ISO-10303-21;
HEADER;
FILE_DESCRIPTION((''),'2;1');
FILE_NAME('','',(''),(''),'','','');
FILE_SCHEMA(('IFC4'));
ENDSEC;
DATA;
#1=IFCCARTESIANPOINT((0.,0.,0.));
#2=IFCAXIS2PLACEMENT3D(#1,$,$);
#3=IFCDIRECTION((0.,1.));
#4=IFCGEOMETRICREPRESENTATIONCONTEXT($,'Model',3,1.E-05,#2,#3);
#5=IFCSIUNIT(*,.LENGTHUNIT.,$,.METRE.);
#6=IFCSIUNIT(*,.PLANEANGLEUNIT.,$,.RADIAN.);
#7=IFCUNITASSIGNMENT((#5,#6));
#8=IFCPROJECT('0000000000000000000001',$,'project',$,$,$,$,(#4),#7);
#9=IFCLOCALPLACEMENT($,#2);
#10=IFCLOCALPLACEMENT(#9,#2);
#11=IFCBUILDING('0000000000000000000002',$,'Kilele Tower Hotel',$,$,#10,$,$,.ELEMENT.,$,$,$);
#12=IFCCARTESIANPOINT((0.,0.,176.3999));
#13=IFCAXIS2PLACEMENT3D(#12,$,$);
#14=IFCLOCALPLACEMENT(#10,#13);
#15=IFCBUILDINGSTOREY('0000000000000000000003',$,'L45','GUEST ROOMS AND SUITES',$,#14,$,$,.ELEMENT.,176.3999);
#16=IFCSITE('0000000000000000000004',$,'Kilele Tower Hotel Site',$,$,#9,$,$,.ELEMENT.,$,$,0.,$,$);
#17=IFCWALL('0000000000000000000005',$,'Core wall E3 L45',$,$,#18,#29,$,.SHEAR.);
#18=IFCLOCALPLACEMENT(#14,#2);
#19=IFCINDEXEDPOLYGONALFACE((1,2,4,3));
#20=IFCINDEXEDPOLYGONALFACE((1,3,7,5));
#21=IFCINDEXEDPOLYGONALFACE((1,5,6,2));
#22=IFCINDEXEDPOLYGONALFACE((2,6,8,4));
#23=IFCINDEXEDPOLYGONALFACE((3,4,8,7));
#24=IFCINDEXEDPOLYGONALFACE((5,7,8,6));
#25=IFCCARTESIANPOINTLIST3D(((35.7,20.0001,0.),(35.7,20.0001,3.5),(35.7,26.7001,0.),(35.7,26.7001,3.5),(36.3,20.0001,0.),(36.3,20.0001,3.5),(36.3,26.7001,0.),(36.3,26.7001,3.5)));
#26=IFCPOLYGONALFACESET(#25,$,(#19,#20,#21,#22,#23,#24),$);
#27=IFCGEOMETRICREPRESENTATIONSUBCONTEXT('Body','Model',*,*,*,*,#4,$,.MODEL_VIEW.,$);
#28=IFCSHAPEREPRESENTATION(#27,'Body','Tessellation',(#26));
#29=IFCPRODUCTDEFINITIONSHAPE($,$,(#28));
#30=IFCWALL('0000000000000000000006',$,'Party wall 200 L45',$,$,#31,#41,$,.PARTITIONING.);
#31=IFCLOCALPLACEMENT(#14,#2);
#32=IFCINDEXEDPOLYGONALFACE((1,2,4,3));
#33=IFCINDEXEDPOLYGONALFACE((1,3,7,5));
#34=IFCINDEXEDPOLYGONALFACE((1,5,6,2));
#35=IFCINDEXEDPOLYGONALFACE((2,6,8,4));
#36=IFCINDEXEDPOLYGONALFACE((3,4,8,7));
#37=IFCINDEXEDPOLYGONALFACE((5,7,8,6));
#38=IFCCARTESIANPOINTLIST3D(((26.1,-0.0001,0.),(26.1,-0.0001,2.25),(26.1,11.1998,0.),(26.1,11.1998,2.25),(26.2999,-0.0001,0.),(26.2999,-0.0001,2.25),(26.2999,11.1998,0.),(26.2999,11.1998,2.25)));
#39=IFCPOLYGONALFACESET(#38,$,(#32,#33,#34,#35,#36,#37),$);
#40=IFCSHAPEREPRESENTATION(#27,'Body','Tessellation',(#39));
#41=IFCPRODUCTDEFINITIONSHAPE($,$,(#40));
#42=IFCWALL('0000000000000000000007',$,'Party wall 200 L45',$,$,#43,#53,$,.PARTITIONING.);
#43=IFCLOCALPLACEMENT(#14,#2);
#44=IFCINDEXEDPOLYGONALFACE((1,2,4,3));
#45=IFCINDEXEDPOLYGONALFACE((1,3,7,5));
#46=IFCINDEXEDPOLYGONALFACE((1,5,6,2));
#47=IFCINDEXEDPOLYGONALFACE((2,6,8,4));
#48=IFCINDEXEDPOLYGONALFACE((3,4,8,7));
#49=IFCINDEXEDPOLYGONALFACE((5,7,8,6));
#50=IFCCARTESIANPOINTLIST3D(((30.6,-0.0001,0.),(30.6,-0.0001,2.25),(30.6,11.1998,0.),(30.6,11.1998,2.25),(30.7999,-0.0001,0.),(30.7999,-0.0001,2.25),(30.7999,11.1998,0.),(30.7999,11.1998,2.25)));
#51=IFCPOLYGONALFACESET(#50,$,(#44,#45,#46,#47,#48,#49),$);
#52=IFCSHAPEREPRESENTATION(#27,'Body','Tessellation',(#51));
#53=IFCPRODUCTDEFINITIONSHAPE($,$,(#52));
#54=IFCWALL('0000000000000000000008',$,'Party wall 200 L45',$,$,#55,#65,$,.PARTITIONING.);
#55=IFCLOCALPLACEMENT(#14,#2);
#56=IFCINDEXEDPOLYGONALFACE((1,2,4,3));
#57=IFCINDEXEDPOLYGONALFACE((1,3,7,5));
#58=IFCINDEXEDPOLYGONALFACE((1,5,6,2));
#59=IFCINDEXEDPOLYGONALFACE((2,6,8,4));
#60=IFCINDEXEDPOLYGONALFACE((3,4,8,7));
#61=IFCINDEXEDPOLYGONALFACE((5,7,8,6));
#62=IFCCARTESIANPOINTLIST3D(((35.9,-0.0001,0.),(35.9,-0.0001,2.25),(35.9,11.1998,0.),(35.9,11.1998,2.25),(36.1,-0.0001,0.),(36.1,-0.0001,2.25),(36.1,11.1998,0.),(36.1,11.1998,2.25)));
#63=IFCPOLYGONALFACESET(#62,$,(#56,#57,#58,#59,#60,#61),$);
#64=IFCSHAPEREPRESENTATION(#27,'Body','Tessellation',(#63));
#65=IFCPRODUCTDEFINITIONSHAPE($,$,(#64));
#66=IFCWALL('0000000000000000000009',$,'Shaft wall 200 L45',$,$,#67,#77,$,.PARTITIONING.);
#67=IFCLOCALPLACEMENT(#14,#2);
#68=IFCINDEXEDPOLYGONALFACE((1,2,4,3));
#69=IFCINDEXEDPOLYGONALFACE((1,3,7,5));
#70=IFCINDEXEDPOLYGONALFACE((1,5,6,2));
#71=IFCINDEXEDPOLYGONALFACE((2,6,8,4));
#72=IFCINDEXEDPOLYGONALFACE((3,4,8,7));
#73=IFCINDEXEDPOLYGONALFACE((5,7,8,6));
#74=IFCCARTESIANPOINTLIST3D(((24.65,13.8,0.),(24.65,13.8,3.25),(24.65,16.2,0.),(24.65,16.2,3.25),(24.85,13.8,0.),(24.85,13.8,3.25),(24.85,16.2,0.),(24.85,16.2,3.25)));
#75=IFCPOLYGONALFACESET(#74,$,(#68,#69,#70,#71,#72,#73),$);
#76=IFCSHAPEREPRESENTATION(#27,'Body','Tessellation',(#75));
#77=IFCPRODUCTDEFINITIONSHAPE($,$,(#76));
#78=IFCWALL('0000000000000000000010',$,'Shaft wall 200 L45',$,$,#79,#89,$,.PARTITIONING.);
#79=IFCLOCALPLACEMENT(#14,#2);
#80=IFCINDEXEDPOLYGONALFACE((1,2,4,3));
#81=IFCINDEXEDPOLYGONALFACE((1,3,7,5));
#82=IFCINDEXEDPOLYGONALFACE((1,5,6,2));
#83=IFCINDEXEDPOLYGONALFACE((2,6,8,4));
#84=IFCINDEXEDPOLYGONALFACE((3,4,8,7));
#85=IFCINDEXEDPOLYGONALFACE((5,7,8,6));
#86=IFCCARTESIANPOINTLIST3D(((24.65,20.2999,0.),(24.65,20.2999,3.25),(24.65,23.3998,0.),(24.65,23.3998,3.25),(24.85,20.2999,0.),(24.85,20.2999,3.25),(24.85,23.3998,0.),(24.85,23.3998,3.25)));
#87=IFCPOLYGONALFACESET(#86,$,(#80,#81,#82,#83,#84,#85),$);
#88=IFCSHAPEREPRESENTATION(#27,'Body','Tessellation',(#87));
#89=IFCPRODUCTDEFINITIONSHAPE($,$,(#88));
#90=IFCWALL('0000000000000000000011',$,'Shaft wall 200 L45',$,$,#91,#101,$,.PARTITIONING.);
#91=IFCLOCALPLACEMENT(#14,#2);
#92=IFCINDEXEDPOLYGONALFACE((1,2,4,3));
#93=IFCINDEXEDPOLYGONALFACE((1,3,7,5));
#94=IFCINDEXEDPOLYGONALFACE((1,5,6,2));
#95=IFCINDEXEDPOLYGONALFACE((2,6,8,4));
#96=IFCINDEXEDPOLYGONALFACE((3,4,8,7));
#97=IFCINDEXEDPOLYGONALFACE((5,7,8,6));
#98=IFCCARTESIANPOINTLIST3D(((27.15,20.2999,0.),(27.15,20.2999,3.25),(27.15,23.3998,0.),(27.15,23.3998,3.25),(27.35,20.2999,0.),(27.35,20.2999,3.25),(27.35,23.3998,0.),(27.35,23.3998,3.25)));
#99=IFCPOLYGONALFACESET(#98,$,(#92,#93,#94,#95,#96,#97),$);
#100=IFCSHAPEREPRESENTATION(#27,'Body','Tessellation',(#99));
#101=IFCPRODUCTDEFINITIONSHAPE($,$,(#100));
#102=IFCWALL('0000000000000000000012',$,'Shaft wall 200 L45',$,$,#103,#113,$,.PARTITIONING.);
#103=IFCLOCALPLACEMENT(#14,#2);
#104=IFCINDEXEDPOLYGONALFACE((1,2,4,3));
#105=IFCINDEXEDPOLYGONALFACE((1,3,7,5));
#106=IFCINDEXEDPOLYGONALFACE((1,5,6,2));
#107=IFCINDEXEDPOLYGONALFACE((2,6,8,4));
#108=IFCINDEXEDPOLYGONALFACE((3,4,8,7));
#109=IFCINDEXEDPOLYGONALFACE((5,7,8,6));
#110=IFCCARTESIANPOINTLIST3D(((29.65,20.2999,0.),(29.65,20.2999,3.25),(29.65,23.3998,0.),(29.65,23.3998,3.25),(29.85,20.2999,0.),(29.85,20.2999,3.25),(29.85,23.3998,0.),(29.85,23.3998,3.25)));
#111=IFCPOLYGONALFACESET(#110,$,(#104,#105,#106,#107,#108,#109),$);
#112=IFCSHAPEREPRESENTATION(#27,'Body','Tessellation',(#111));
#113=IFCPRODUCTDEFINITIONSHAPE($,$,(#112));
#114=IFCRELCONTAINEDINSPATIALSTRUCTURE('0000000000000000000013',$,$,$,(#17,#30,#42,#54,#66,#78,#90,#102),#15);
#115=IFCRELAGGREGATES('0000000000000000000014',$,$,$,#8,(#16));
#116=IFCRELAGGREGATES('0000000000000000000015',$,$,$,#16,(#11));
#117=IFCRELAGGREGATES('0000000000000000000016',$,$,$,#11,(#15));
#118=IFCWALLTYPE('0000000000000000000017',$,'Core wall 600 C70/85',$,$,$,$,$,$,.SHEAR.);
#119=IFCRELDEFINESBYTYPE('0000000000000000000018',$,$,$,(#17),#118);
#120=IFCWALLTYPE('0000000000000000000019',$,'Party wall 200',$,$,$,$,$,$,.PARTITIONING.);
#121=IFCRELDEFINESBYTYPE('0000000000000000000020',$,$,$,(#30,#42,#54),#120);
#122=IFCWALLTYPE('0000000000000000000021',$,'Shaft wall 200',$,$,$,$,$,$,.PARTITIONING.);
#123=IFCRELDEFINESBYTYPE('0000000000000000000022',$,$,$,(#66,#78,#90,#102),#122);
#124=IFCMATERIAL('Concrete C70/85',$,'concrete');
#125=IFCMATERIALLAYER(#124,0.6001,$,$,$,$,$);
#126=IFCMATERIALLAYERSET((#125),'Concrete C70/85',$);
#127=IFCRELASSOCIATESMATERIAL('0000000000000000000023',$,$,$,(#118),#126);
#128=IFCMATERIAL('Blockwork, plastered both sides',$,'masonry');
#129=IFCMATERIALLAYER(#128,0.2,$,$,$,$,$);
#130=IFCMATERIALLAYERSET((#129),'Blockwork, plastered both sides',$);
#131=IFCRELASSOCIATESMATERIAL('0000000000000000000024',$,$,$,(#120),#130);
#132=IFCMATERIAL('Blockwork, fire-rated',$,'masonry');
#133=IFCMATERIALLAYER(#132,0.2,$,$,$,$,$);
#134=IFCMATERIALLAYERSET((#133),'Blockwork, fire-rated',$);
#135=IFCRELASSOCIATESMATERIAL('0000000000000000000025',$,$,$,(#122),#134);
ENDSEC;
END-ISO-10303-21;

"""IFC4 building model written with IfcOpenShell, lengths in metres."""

from ifc_helpers import new_model, si_unit, direction, frame, frame_2d, origin, place, context, subcontext, project, spatial, rectangle, extrude, material, layer, layer_set, type_object, element, save


model = new_model("IFC4")

# Units and contexts
model_context = context("Model", 3, precision=1e-05, world=origin(), true_north=direction((0.0, 1.0)))
body_context = subcontext(model_context, "Body", "Model", "MODEL_VIEW")
ifc_project = project(units=[si_unit("LENGTHUNIT", "METRE"), si_unit("PLANEANGLEUNIT", "RADIAN")], contexts=[model_context])

# Site, building, storey
site_placement = place(None, origin())
site = spatial("IfcSite", under=ifc_project, at=site_placement, Name="Kilele Tower Hotel Site", CompositionType="ELEMENT", RefElevation=0.0)
building_placement = place(site_placement, origin())
building = spatial("IfcBuilding", under=site, at=building_placement, Name="Kilele Tower Hotel", CompositionType="ELEMENT")
storey_placement = place(building_placement, frame((0.0, 0.0, 176.3999)))
storey = spatial("IfcBuildingStorey", under=building, at=storey_placement, Name="L45", Description="GUEST ROOMS AND SUITES", CompositionType="ELEMENT", Elevation=176.3999)

# Shared definitions
ifc_material_1 = material(Name="Concrete C70/85", Category="concrete")
ifc_layer_1 = layer(ifc_material_1, 0.6001)
ifc_layer_set_1 = layer_set([ifc_layer_1], Name="Concrete C70/85")
wall_type_1 = type_object("IfcWallType", Name="Core wall 600 C70/85", PredefinedType="SHEAR", material=ifc_layer_set_1)

# Walls
wall_1_placement = place(storey_placement, frame((36.0, 20.0, 0.0), z_axis=(0.0, 0.0, 1.0), x_axis=(0.0, 1.0, 0.0)))
element("IfcWall", 1, at=wall_1_placement, inside=storey, type_object=wall_type_1, Name="Core wall E3 L45", PredefinedType="SHEAR", context=body_context, shape_type="SweptSolid", body=[
    extrude(rectangle(XDim=6.7, YDim=0.6001, at=frame_2d((3.3501, 0.0))), origin(), (0.0, 0.0, 1.0), 3.5),
])
ifc_material_2 = material(Name="Blockwork, plastered both sides", Category="masonry")
ifc_layer_2 = layer(ifc_material_2, 0.2)
ifc_layer_set_2 = layer_set([ifc_layer_2], Name="Blockwork, plastered both sides")
wall_type_2 = type_object("IfcWallType", Name="Party wall 200", PredefinedType="PARTITIONING", material=ifc_layer_set_2)
for number, where, z_axis, x_axis, name in (
    (2, (26.2, 11.2, 0.0), (0.0, 0.0, 1.0), (0.0, -1.0, 0.0), "Party wall 200 L45"),
    (3, (30.7, 11.2, 0.0), (0.0, 0.0, 1.0), (0.0, -1.0, 0.0), "Party wall 200 L45"),
    (4, (36.0, 11.2, 0.0), (0.0, 0.0, 1.0), (0.0, -1.0, 0.0), "Party wall 200 L45"),
):
    element("IfcWall", number, at=place(storey_placement, frame(where, z_axis=z_axis, x_axis=x_axis)), inside=storey, type_object=wall_type_2, Name=name, PredefinedType="PARTITIONING", context=body_context, shape_type="SweptSolid", body=[
        extrude(rectangle(XDim=11.2, YDim=0.2, at=frame_2d((5.6001, 0.0))), origin(), (0.0, 0.0, 1.0), 2.25),
    ])
ifc_material_3 = material(Name="Blockwork, fire-rated", Category="masonry")
ifc_layer_3 = layer(ifc_material_3, 0.2)
ifc_layer_set_3 = layer_set([ifc_layer_3], Name="Blockwork, fire-rated")
wall_type_3 = type_object("IfcWallType", Name="Shaft wall 200", PredefinedType="PARTITIONING", material=ifc_layer_set_3)
wall_2_placement = place(storey_placement, frame((24.75, 13.8, 0.0), z_axis=(0.0, 0.0, 1.0), x_axis=(0.0, 1.0, 0.0)))
element("IfcWall", 5, at=wall_2_placement, inside=storey, type_object=wall_type_3, Name="Shaft wall 200 L45", PredefinedType="PARTITIONING", context=body_context, shape_type="SweptSolid", body=[
    extrude(rectangle(XDim=2.3999, YDim=0.2, at=frame_2d((1.2, 0.0))), origin(), (0.0, 0.0, 1.0), 3.25),
])
for number, where, z_axis, x_axis, name in (
    (6, (24.75, 20.3, 0.0), (0.0, 0.0, 1.0), (0.0, 1.0, 0.0), "Shaft wall 200 L45"),
    (7, (27.25, 20.3, 0.0), (0.0, 0.0, 1.0), (0.0, 1.0, 0.0), "Shaft wall 200 L45"),
    (8, (29.75, 20.3, 0.0), (0.0, 0.0, 1.0), (0.0, 1.0, 0.0), "Shaft wall 200 L45"),
):
    element("IfcWall", number, at=place(storey_placement, frame(where, z_axis=z_axis, x_axis=x_axis)), inside=storey, type_object=wall_type_3, Name=name, PredefinedType="PARTITIONING", context=body_context, shape_type="SweptSolid", body=[
        extrude(rectangle(XDim=3.0999, YDim=0.2, at=frame_2d((1.5498, 0.0))), origin(), (0.0, 0.0, 1.0), 3.25),
    ])

save(model, "model.ifc")
